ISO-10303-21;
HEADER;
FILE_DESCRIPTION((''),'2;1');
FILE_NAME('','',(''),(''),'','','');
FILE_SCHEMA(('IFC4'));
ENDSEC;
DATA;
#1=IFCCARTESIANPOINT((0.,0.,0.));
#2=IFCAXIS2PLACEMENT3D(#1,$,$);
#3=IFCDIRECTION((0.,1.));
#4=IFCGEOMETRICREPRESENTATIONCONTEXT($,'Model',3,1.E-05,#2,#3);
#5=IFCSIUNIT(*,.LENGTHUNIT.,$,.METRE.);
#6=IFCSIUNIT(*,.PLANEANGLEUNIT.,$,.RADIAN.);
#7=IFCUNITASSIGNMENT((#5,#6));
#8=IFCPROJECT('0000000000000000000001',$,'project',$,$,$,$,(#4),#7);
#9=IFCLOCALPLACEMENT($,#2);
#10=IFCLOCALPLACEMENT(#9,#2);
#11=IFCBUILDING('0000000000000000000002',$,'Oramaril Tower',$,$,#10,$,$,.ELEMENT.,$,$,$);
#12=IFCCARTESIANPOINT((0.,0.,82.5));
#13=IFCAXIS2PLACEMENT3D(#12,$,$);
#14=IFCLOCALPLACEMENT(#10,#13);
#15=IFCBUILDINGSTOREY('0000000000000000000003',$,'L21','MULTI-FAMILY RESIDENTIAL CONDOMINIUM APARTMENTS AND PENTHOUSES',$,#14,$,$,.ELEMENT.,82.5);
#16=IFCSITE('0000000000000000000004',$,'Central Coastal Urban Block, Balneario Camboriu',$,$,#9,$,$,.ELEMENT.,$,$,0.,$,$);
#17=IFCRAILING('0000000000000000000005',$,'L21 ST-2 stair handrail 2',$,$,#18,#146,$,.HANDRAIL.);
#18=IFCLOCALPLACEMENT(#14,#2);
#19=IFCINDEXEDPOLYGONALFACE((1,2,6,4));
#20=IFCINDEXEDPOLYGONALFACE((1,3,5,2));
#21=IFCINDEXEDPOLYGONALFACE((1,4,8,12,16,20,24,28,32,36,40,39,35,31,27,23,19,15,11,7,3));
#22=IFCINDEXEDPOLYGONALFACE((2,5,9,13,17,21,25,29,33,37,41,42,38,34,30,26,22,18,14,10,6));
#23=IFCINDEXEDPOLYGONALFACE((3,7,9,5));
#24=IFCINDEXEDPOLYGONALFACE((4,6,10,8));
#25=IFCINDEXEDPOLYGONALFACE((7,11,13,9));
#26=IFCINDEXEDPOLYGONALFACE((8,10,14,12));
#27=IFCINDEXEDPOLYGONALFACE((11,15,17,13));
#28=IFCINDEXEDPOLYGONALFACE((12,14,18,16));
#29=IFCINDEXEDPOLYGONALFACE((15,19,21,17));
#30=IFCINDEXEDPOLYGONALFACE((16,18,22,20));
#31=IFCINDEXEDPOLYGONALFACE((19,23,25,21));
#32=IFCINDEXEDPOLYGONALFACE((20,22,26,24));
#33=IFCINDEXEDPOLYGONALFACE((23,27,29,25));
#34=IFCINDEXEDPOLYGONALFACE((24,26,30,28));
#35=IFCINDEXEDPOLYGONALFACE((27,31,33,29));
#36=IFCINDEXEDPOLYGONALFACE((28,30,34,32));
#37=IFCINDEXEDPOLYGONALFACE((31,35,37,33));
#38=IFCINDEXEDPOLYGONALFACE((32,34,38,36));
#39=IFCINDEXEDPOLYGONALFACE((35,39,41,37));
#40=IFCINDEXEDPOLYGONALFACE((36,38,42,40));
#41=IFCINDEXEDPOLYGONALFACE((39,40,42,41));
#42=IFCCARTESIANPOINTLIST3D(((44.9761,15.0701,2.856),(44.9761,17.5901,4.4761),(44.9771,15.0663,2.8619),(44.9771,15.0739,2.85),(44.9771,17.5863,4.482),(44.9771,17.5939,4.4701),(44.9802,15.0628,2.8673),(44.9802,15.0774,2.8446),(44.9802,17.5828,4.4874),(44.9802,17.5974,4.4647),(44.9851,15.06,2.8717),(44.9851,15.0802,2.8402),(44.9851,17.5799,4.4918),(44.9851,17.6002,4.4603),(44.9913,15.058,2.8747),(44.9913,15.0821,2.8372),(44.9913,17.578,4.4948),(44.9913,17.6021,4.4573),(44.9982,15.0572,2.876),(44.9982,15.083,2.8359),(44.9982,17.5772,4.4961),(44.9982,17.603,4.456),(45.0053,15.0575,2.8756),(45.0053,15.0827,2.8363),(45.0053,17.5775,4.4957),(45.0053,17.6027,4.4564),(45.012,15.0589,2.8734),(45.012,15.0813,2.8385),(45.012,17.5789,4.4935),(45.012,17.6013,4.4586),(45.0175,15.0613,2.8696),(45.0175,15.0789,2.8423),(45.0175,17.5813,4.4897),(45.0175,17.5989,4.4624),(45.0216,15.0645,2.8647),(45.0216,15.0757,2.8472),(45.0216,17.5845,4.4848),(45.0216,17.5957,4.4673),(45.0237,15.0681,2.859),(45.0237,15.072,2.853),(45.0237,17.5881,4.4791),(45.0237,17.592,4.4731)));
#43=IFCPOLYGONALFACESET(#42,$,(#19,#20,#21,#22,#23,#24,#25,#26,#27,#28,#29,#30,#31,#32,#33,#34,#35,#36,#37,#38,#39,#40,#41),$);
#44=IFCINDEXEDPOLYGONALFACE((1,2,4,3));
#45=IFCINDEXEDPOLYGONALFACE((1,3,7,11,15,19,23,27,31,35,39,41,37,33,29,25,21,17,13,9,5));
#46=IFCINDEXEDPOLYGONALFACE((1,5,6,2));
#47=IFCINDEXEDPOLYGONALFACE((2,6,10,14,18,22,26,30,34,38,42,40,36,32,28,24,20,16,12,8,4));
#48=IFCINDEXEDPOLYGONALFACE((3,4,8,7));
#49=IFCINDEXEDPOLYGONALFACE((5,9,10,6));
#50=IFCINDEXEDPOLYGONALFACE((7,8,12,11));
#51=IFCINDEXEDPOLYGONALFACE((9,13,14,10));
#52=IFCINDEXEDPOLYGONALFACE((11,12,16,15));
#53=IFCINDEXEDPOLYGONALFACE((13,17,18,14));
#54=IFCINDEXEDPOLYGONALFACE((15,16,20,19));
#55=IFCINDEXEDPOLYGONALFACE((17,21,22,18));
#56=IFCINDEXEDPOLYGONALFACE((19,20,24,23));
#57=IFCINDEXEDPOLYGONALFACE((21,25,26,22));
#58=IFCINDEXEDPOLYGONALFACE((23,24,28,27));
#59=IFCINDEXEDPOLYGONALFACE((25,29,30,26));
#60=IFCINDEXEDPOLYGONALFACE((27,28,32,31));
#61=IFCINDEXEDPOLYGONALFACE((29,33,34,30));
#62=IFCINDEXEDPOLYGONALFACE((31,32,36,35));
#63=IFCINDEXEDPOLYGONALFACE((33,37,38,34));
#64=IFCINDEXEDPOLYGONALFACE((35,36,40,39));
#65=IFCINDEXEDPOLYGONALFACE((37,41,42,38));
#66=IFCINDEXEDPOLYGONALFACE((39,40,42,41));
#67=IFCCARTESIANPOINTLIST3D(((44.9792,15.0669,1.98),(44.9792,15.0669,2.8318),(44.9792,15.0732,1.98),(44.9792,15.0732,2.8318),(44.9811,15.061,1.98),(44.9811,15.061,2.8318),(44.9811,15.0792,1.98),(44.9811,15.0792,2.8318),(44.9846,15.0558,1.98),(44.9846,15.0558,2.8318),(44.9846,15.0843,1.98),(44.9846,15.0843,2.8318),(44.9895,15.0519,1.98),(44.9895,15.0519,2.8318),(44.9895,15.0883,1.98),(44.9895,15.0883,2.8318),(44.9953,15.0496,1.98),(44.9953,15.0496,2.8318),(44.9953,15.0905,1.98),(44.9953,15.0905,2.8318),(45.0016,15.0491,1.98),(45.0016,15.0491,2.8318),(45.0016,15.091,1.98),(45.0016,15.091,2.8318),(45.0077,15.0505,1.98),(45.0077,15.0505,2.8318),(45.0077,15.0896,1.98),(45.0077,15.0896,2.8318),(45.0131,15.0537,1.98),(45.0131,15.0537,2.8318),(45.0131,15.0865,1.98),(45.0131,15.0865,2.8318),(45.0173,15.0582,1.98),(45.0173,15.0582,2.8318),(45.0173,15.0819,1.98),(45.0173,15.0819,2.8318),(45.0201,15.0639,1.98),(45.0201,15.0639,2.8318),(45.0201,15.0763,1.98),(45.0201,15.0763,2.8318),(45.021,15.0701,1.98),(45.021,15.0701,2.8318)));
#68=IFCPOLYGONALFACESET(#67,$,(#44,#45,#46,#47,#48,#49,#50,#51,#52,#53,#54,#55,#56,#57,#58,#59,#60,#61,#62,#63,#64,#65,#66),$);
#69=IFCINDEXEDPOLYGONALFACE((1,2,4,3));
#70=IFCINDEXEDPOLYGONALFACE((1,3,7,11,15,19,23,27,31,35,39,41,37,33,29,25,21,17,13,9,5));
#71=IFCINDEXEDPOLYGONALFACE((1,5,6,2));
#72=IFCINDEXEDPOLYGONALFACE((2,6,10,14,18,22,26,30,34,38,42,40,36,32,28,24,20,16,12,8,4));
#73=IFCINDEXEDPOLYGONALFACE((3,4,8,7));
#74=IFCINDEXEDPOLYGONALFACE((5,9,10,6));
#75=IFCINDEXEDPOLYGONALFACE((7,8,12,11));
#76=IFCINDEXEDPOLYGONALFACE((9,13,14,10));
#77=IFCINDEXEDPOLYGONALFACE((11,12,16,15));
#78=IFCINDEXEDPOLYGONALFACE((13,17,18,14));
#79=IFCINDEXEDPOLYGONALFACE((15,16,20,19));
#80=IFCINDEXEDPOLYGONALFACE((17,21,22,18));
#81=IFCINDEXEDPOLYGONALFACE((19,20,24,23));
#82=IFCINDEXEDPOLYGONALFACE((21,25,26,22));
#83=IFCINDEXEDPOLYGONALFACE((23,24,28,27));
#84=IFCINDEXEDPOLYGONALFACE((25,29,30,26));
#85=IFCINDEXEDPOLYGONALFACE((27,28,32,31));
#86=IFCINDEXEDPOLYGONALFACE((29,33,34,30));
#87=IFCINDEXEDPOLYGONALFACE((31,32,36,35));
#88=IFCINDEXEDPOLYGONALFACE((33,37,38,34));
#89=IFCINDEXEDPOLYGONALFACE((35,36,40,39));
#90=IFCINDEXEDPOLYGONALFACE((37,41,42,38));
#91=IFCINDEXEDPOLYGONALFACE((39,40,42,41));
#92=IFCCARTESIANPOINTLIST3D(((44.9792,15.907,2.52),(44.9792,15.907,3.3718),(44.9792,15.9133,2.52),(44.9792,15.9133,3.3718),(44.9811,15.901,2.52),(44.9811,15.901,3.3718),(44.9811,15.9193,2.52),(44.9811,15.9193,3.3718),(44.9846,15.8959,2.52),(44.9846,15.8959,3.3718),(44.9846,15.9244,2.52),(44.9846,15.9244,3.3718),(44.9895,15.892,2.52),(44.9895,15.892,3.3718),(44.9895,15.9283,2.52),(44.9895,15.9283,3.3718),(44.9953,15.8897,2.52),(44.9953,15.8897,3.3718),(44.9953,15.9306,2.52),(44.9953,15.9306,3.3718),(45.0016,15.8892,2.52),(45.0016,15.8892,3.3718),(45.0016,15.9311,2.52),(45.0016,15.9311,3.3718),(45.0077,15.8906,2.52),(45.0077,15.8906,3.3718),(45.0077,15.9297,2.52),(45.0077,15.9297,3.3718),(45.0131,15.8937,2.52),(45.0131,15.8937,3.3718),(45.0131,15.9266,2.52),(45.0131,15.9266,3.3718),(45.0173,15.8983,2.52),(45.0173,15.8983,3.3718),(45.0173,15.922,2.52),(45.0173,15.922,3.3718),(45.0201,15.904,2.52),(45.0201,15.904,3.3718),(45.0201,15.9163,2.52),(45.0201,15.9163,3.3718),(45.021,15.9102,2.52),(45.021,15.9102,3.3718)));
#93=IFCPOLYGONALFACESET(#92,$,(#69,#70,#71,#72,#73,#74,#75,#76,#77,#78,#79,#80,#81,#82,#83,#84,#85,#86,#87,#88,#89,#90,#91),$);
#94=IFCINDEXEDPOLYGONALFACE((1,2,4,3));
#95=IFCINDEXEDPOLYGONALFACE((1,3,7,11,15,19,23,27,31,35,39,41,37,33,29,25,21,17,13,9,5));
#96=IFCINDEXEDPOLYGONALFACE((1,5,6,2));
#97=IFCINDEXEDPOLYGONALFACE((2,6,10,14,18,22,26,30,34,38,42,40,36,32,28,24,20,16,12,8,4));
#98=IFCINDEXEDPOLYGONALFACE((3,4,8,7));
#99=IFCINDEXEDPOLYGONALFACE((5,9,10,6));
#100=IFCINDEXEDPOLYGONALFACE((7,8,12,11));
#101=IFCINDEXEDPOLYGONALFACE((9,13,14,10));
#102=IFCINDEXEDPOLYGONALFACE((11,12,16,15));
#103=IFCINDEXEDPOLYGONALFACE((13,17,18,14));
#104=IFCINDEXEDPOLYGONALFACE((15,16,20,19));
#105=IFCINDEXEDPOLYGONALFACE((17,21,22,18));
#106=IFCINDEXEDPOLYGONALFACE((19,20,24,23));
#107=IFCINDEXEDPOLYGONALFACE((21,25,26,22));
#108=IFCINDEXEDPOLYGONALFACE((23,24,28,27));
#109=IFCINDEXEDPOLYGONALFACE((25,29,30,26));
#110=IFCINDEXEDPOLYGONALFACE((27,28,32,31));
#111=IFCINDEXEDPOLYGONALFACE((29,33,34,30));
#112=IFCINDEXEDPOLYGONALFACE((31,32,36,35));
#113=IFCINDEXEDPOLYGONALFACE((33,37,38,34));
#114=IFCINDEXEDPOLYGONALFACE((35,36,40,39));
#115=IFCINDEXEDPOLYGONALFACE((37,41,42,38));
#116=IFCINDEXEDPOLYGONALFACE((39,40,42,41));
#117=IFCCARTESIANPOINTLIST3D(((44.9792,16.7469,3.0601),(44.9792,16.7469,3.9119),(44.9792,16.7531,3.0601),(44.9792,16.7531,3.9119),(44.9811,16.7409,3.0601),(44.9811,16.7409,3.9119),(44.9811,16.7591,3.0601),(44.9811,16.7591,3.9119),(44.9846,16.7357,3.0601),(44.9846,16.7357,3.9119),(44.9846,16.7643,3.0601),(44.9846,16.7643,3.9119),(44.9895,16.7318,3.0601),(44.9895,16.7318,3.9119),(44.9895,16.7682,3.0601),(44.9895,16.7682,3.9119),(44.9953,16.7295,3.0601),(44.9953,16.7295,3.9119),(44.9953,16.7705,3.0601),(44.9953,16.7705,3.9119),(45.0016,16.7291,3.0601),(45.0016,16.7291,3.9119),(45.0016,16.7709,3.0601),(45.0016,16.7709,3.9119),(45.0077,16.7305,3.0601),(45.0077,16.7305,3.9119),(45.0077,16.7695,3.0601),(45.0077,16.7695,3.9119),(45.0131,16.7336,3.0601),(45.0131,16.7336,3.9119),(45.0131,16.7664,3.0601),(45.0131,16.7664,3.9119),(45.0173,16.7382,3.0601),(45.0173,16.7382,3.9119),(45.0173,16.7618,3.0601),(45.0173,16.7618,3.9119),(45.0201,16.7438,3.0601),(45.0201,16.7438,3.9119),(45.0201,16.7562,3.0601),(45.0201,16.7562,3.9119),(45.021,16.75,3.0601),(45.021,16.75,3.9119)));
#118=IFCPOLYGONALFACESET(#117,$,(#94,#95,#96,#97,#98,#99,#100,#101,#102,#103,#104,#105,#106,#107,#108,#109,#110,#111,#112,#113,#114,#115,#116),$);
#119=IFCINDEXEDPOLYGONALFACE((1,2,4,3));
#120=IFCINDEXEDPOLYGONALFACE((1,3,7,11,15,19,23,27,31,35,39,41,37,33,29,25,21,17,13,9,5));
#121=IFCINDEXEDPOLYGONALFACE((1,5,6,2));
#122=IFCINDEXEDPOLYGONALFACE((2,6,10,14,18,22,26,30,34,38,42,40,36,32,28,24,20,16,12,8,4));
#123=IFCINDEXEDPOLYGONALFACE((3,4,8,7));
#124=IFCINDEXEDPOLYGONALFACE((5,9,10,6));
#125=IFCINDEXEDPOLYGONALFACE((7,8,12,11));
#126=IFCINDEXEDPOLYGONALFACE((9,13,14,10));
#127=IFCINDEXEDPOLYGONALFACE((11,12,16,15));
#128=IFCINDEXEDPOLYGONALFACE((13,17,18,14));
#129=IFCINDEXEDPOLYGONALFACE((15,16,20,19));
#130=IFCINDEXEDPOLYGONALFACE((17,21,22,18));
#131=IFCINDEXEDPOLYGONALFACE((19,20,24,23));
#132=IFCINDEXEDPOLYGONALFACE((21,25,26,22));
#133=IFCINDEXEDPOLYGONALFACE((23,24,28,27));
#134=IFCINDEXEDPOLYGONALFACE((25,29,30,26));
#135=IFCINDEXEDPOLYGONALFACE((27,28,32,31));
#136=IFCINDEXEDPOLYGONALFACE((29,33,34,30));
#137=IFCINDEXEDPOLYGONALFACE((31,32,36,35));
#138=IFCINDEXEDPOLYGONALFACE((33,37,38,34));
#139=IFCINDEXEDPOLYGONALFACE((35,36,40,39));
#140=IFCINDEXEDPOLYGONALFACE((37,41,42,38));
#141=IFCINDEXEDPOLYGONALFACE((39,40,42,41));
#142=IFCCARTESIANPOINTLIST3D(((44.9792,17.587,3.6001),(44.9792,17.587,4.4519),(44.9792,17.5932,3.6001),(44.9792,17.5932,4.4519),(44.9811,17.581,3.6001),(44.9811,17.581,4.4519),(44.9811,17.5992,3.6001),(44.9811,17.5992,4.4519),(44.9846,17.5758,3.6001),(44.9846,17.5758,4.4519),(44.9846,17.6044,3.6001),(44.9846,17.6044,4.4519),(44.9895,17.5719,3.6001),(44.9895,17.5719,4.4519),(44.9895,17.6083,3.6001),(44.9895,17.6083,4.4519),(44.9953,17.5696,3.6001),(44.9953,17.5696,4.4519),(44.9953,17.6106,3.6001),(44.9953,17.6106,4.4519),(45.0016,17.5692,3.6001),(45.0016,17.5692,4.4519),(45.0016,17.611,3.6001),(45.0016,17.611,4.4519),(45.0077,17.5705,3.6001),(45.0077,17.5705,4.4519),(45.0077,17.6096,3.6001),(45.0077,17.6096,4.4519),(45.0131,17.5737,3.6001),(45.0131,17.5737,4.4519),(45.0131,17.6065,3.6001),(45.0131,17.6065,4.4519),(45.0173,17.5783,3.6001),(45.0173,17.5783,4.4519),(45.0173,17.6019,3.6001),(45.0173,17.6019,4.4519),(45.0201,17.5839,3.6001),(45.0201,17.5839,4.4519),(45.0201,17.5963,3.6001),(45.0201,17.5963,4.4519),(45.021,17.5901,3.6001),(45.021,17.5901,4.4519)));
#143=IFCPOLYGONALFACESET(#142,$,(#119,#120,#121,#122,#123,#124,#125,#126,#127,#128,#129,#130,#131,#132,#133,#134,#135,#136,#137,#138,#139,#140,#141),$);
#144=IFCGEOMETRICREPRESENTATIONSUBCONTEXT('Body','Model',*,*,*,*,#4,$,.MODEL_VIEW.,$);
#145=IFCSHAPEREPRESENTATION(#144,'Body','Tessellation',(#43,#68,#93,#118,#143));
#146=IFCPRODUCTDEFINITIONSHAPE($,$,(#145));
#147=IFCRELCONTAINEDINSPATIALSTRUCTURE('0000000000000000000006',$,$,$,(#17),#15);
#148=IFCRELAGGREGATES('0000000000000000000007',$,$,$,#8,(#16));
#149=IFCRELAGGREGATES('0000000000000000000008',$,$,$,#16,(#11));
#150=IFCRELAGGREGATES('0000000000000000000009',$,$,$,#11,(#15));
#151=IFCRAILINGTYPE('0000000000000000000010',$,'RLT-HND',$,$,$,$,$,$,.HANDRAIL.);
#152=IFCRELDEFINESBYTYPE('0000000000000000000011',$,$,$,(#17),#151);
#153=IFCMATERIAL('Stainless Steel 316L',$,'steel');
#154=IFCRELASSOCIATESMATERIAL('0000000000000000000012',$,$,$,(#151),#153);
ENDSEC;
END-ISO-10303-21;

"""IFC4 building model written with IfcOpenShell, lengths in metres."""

from ifc_helpers import new_model, si_unit, direction, frame, origin, origin_2d, place, context, subcontext, project, spatial, circle, extrude, material, type_object, element, save


model = new_model("IFC4")

# Units and contexts
model_context = context("Model", 3, precision=1e-05, world=origin(), true_north=direction((0.0, 1.0)))
body_context = subcontext(model_context, "Body", "Model", "MODEL_VIEW")
ifc_project = project(units=[si_unit("LENGTHUNIT", "METRE"), si_unit("PLANEANGLEUNIT", "RADIAN")], contexts=[model_context])

# Site, building, storey
site_placement = place(None, origin())
site = spatial("IfcSite", under=ifc_project, at=site_placement, Name="Central Coastal Urban Block, Balneario Camboriu", CompositionType="ELEMENT", RefElevation=0.0)
building_placement = place(site_placement, origin())
building = spatial("IfcBuilding", under=site, at=building_placement, Name="Oramaril Tower", CompositionType="ELEMENT")
storey_placement = place(building_placement, frame((0.0, 0.0, 82.5)))
storey = spatial("IfcBuildingStorey", under=building, at=storey_placement, Name="L21", Description="MULTI-FAMILY RESIDENTIAL CONDOMINIUM APARTMENTS AND PENTHOUSES", CompositionType="ELEMENT", Elevation=82.5)

# Railing
ifc_material_1 = material(Name="Stainless Steel 316L", Category="steel")
railing_type_1 = type_object("IfcRailingType", Name="RLT-HND", PredefinedType="HANDRAIL", material=ifc_material_1)
railing_1_placement = place(storey_placement, frame((45.0, 15.0701, 1.98)))
element("IfcRailing", 1, at=railing_1_placement, inside=storey, type_object=railing_type_1, Name="L21 ST-2 stair handrail 2", PredefinedType="HANDRAIL", context=body_context, shape_type="SweptSolid", body=[
    extrude(circle(Radius=0.0239, at=origin_2d()), frame((0.0, 0.0, 0.876), z_axis=(0.0, 0.841163, 0.540782), x_axis=(-1.0, 0.0, 0.0)), (0.0, 0.0, 1.0), 2.9958),
    extrude(circle(Radius=0.021, at=origin_2d()), origin(), (0.0, 0.0, 1.0), 0.8518),
    extrude(circle(Radius=0.021, at=origin_2d()), frame((0.0, 0.8401, 0.54)), (0.0, 0.0, 1.0), 0.8518),
    extrude(circle(Radius=0.021, at=origin_2d()), frame((0.0, 1.6799, 1.0801)), (0.0, 0.0, 1.0), 0.8518),
    extrude(circle(Radius=0.021, at=origin_2d()), frame((0.0, 2.52, 1.6201)), (0.0, 0.0, 1.0), 0.8518),
])

save(model, "model.ifc")
